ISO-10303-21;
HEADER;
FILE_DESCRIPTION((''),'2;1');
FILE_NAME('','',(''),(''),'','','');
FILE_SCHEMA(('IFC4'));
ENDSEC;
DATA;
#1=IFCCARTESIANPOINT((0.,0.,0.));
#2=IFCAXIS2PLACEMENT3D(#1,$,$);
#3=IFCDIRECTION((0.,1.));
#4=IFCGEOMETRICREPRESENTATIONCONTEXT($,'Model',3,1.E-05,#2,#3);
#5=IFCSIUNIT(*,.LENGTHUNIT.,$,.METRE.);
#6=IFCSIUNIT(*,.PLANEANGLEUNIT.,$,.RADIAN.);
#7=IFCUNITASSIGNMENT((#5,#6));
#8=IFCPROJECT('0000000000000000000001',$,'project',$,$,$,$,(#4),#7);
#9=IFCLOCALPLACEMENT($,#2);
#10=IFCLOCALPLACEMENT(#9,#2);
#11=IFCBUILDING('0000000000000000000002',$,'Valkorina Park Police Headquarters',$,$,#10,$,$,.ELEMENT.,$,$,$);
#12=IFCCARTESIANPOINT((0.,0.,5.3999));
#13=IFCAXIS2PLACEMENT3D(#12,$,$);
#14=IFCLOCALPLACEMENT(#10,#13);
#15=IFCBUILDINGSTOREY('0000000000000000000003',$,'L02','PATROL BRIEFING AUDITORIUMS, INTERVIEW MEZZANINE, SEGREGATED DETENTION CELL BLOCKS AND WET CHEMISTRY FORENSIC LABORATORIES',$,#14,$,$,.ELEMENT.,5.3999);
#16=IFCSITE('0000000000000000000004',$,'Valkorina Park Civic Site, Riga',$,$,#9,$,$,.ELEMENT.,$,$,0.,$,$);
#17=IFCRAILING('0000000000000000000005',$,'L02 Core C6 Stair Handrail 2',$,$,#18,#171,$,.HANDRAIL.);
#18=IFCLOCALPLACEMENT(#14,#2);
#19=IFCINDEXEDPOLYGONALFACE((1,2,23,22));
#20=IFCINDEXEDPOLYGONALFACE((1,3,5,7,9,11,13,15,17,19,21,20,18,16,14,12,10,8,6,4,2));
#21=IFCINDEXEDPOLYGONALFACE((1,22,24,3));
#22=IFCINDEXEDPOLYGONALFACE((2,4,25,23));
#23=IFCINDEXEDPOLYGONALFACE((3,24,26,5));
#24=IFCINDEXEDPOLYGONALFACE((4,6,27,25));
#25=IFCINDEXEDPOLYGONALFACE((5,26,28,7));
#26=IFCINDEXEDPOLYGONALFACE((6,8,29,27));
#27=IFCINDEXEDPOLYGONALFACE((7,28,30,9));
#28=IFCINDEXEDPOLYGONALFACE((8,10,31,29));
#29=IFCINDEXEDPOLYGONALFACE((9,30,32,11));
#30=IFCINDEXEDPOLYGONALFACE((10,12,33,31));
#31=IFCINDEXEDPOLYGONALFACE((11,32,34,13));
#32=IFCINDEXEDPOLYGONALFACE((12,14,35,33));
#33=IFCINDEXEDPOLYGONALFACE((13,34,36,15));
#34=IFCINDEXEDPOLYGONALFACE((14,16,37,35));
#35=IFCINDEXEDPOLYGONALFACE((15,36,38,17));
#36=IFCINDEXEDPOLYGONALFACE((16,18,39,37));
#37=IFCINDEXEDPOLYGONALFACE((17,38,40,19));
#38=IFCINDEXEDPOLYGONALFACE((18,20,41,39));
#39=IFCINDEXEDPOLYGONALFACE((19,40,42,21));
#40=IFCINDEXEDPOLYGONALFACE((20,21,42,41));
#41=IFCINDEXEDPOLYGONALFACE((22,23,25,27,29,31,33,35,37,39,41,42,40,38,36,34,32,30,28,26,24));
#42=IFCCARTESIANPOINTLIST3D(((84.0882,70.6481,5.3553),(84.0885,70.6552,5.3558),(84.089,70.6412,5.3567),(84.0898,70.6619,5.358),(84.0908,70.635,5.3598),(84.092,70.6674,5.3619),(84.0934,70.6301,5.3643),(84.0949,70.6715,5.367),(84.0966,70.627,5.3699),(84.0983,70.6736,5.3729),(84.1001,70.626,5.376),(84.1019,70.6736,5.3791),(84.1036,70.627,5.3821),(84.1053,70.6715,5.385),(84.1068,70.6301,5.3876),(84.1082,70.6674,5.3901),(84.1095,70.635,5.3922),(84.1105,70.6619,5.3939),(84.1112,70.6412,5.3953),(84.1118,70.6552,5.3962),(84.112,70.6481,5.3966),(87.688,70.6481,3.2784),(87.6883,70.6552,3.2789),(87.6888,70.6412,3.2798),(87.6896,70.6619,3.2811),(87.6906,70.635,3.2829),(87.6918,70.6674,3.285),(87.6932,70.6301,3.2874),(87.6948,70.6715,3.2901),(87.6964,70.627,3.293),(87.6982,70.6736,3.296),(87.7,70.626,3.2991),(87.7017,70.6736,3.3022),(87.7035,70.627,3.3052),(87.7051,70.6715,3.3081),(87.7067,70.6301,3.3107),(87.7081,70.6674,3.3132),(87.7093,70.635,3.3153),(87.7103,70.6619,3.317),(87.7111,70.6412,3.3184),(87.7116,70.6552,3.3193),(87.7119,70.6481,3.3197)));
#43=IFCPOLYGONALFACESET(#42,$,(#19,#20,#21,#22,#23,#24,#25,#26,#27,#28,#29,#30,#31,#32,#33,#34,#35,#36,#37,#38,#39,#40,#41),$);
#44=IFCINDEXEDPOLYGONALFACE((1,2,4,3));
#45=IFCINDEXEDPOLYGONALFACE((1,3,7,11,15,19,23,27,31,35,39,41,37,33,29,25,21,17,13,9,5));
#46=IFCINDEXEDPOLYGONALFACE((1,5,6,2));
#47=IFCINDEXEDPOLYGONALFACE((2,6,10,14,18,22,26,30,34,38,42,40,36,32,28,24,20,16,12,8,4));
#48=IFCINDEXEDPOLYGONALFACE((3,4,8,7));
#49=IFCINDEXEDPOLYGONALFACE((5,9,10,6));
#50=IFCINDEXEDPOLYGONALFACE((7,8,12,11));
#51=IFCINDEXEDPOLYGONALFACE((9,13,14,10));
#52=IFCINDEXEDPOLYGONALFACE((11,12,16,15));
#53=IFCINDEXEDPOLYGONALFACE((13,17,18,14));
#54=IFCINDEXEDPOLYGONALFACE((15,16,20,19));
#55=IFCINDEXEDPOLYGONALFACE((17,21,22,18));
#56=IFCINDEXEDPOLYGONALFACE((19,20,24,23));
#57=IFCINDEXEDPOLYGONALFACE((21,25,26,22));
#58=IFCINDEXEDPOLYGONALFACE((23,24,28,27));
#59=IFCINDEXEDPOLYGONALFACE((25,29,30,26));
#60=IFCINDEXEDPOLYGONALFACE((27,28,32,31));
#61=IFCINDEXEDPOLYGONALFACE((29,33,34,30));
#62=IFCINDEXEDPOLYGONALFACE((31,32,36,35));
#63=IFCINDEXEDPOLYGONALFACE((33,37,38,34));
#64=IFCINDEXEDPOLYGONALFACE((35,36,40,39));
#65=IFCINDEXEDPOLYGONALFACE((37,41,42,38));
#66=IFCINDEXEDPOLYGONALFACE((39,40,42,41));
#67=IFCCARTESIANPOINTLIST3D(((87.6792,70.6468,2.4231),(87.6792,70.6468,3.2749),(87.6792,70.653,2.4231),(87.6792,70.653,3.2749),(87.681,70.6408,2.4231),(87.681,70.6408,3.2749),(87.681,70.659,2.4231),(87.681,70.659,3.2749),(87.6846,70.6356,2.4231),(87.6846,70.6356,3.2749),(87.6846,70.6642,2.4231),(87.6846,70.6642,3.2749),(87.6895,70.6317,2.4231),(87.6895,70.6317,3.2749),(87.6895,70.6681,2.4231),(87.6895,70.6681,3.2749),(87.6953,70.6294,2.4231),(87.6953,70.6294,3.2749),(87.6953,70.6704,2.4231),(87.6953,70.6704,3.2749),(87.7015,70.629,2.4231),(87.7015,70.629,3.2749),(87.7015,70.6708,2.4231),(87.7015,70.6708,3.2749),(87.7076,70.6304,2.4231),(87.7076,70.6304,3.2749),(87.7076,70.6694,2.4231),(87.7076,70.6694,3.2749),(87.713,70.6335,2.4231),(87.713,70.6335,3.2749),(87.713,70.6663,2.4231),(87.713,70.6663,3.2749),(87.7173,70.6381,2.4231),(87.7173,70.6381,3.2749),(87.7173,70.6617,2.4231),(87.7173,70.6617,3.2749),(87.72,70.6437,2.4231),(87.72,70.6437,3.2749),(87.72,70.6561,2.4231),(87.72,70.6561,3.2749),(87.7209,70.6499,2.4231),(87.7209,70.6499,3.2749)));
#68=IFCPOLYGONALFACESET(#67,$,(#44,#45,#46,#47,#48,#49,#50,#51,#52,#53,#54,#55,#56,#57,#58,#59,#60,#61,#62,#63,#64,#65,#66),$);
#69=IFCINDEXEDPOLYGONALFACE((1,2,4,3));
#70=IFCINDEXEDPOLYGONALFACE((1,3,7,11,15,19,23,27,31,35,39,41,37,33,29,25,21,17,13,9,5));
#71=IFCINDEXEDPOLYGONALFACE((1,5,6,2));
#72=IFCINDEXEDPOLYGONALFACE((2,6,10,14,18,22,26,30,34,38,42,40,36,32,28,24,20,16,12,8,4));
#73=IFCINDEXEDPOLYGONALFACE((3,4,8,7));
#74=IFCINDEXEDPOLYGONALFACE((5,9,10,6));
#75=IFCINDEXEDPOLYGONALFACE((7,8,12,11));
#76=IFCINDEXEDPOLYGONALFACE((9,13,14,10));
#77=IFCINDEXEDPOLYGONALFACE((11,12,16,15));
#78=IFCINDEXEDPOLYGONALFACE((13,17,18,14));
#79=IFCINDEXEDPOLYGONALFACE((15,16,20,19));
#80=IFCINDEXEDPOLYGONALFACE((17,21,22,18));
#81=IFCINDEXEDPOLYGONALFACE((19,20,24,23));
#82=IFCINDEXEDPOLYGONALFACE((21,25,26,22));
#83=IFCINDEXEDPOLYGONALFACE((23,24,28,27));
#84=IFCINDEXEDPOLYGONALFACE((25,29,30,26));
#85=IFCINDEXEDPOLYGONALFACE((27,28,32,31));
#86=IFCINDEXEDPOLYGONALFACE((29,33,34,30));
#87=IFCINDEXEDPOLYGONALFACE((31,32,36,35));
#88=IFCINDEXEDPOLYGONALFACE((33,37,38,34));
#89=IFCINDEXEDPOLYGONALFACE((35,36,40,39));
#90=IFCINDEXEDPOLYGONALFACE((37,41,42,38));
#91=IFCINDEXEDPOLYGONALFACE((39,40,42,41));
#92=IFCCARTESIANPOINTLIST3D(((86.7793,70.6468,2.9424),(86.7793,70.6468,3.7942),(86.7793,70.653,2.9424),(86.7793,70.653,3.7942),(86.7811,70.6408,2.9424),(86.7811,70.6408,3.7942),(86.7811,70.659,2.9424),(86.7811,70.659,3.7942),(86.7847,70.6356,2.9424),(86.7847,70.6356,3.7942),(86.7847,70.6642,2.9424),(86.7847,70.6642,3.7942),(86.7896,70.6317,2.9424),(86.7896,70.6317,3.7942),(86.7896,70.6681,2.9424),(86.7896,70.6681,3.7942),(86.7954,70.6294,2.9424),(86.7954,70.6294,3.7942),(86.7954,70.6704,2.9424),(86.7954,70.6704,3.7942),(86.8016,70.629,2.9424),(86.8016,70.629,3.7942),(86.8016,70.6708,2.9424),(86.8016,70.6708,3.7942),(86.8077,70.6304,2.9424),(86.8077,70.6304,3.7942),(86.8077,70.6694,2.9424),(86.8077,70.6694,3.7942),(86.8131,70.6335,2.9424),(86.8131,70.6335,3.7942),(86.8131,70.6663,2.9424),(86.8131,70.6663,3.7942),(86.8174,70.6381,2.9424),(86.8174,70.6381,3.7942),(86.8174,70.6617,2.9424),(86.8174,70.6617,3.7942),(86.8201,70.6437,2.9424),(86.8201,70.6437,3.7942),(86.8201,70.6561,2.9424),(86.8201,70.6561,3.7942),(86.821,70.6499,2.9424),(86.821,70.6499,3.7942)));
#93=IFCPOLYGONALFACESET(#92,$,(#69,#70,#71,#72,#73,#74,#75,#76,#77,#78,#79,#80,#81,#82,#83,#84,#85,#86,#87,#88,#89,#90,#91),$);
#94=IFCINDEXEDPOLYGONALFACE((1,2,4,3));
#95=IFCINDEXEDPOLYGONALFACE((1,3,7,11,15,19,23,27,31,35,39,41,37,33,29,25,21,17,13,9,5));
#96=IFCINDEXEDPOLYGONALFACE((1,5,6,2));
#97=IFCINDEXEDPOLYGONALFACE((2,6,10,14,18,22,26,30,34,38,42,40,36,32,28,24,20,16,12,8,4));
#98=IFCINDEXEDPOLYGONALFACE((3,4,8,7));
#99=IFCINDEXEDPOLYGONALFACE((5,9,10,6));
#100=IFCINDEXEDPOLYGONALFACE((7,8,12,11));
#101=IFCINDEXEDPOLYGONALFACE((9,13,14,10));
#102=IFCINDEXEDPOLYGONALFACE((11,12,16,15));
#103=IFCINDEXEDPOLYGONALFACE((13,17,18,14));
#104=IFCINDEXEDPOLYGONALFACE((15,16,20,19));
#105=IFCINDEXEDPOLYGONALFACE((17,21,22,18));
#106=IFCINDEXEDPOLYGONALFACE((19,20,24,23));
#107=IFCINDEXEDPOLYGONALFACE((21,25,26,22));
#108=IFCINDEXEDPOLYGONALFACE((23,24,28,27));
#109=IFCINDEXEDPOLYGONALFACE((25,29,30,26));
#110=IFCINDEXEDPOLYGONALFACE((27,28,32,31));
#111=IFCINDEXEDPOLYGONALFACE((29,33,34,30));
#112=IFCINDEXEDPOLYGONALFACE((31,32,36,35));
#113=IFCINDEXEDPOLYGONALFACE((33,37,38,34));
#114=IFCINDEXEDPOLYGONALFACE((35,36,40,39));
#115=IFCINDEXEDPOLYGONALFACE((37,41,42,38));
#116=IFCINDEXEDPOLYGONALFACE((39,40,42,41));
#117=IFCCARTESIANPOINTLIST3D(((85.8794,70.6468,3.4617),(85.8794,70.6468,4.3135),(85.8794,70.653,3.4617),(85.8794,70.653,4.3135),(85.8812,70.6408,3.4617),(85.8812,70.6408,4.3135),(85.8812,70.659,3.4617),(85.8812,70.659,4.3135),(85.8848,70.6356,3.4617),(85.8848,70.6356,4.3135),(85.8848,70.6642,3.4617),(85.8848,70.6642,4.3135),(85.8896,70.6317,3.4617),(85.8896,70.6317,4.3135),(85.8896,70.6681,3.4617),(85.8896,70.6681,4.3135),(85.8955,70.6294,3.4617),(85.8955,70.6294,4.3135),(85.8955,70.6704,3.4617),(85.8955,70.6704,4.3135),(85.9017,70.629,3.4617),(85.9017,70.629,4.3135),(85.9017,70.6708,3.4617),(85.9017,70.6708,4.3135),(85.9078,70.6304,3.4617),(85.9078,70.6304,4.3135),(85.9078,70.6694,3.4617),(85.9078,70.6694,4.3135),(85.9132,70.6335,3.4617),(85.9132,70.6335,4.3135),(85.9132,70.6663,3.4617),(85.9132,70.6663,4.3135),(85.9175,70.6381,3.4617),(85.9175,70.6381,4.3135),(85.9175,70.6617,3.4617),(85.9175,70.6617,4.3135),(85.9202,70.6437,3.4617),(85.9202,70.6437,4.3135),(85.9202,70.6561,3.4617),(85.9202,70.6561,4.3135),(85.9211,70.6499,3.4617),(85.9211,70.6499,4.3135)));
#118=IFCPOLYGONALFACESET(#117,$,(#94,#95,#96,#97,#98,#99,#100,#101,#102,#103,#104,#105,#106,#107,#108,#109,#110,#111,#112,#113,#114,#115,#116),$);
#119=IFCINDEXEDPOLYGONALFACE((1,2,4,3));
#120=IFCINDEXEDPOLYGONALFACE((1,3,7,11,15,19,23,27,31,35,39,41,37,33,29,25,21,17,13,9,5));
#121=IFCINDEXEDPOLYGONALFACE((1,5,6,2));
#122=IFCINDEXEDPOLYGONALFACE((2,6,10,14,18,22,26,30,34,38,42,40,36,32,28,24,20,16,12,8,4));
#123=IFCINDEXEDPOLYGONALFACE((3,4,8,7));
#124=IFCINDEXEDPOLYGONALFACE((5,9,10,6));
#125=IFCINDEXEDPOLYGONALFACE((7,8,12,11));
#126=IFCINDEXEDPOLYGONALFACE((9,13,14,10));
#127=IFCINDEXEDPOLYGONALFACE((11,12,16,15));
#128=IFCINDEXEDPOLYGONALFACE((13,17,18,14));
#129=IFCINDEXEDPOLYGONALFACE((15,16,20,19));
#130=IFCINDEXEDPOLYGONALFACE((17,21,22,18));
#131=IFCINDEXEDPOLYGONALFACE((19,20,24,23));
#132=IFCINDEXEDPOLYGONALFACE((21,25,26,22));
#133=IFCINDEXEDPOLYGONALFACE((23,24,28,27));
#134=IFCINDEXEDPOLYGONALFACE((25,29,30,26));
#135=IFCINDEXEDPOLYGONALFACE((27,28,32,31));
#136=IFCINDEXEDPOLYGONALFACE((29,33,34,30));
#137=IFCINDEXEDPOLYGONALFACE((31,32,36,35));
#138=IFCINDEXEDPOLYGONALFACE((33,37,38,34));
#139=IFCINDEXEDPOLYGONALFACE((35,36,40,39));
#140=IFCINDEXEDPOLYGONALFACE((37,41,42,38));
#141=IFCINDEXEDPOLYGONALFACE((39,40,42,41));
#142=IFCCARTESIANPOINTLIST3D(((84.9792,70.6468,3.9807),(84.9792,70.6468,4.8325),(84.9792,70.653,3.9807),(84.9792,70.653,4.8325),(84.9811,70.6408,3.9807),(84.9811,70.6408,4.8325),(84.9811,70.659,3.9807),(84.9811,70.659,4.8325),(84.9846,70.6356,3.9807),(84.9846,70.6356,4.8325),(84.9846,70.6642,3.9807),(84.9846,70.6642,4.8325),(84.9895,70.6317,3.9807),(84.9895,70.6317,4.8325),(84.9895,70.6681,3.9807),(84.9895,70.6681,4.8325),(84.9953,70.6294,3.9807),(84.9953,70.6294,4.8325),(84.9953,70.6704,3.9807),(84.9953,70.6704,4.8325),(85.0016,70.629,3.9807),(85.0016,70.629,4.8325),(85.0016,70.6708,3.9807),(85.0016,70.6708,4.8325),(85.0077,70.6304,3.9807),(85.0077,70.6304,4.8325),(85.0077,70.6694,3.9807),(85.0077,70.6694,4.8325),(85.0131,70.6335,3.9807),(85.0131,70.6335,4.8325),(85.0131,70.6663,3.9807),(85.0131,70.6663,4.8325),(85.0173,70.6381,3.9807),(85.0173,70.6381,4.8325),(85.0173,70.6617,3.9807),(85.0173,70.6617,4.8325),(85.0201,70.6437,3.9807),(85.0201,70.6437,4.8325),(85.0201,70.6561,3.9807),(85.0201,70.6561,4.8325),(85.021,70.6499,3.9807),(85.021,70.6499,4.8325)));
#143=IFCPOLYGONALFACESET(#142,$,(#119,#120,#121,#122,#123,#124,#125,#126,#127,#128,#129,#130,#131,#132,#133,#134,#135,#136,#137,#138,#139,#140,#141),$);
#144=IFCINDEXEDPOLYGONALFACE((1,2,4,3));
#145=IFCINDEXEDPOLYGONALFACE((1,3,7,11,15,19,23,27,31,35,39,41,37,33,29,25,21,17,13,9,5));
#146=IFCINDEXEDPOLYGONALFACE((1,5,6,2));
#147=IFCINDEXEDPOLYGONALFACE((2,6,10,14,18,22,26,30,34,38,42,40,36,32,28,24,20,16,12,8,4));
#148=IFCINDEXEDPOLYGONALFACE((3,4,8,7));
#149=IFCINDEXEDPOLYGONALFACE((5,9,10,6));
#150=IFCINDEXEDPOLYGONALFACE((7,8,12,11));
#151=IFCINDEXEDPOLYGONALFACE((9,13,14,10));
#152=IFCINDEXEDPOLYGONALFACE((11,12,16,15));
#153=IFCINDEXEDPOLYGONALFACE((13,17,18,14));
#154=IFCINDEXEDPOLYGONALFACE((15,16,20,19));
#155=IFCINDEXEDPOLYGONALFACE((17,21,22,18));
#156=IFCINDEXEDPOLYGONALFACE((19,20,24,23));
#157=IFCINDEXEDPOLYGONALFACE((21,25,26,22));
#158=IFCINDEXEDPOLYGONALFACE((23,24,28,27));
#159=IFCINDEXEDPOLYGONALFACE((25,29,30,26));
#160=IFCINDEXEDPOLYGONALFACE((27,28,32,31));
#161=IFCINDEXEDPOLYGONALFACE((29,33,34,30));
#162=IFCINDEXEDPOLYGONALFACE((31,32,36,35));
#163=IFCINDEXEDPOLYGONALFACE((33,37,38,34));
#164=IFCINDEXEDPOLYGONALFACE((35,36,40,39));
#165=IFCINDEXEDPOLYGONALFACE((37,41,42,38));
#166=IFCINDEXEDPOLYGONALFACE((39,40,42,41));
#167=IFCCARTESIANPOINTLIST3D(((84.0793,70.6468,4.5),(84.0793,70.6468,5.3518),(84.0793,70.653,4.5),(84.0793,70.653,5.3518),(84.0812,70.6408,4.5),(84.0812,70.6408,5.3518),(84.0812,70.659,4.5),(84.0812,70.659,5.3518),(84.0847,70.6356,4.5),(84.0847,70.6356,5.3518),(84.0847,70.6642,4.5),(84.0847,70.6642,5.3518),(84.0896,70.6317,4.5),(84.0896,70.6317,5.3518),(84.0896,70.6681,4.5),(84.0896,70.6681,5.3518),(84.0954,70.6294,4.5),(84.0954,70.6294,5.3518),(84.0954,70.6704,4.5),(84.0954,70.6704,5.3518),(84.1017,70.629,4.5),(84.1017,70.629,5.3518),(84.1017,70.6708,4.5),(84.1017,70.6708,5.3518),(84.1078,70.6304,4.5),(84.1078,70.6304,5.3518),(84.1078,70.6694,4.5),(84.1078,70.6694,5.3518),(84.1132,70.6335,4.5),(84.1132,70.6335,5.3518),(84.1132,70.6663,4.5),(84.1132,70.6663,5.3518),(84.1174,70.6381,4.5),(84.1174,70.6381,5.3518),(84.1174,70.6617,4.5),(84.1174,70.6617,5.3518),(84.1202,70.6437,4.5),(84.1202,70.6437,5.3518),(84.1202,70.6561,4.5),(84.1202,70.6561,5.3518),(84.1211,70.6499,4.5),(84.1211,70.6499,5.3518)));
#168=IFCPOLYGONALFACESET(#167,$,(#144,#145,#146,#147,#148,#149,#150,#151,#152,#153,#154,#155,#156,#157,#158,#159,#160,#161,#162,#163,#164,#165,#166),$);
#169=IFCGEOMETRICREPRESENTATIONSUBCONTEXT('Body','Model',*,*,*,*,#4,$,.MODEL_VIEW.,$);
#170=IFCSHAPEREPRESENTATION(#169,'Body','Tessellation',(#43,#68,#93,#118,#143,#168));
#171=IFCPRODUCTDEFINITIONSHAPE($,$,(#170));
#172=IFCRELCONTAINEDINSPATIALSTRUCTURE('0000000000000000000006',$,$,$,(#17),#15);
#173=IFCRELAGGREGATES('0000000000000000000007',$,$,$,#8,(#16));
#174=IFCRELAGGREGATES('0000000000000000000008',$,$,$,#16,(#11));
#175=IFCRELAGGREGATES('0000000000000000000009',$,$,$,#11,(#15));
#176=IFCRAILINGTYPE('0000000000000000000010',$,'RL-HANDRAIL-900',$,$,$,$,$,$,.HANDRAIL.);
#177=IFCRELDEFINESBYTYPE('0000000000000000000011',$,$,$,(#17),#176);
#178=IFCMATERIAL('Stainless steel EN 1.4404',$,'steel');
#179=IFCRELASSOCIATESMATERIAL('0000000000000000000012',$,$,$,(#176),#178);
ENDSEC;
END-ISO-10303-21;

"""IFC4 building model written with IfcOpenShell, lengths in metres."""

from ifc_helpers import new_model, si_unit, direction, frame, origin, origin_2d, place, context, subcontext, project, spatial, circle, extrude, material, type_object, element, save


model = new_model("IFC4")

# Units and contexts
model_context = context("Model", 3, precision=1e-05, world=origin(), true_north=direction((0.0, 1.0)))
body_context = subcontext(model_context, "Body", "Model", "MODEL_VIEW")
ifc_project = project(units=[si_unit("LENGTHUNIT", "METRE"), si_unit("PLANEANGLEUNIT", "RADIAN")], contexts=[model_context])

# Site, building, storey
site_placement = place(None, origin())
site = spatial("IfcSite", under=ifc_project, at=site_placement, Name="Valkorina Park Civic Site, Riga", CompositionType="ELEMENT", RefElevation=0.0)
building_placement = place(site_placement, origin())
building = spatial("IfcBuilding", under=site, at=building_placement, Name="Valkorina Park Police Headquarters", CompositionType="ELEMENT")
storey_placement = place(building_placement, frame((0.0, 0.0, 5.3999)))
storey = spatial("IfcBuildingStorey", under=building, at=storey_placement, Name="L02", Description="PATROL BRIEFING AUDITORIUMS, INTERVIEW MEZZANINE, SEGREGATED DETENTION CELL BLOCKS AND WET CHEMISTRY FORENSIC LABORATORIES", CompositionType="ELEMENT", Elevation=5.3999)

# Railing
ifc_material_1 = material(Name="Stainless steel EN 1.4404", Category="steel")
railing_type_1 = type_object("IfcRailingType", Name="RL-HANDRAIL-900", PredefinedType="HANDRAIL", material=ifc_material_1)
railing_1_placement = place(storey_placement, frame((87.7, 70.6499, 2.4231)))
element("IfcRailing", 1, at=railing_1_placement, inside=storey, type_object=railing_type_1, Name="L02 Core C6 Stair Handrail 2", PredefinedType="HANDRAIL", context=body_context, shape_type="SweptSolid", body=[
    extrude(circle(Radius=0.0239, at=origin_2d()), frame((0.0, 0.0, 0.876), z_axis=(-0.866179, 0.0, 0.499734), x_axis=(0.0, -1.0, 0.0)), (0.0, 0.0, 1.0), 4.156),
    extrude(circle(Radius=0.021, at=origin_2d()), origin(), (0.0, 0.0, 1.0), 0.8518),
    extrude(circle(Radius=0.021, at=origin_2d()), frame((-0.8999, 0.0, 0.5193)), (0.0, 0.0, 1.0), 0.8518),
    extrude(circle(Radius=0.021, at=origin_2d()), frame((-1.7998, 0.0, 1.0386)), (0.0, 0.0, 1.0), 0.8518),
    extrude(circle(Radius=0.021, at=origin_2d()), frame((-2.7, 0.0, 1.5576)), (0.0, 0.0, 1.0), 0.8518),
    extrude(circle(Radius=0.021, at=origin_2d()), frame((-3.5999, 0.0, 2.0769)), (0.0, 0.0, 1.0), 0.8518),
])

save(model, "model.ifc")
